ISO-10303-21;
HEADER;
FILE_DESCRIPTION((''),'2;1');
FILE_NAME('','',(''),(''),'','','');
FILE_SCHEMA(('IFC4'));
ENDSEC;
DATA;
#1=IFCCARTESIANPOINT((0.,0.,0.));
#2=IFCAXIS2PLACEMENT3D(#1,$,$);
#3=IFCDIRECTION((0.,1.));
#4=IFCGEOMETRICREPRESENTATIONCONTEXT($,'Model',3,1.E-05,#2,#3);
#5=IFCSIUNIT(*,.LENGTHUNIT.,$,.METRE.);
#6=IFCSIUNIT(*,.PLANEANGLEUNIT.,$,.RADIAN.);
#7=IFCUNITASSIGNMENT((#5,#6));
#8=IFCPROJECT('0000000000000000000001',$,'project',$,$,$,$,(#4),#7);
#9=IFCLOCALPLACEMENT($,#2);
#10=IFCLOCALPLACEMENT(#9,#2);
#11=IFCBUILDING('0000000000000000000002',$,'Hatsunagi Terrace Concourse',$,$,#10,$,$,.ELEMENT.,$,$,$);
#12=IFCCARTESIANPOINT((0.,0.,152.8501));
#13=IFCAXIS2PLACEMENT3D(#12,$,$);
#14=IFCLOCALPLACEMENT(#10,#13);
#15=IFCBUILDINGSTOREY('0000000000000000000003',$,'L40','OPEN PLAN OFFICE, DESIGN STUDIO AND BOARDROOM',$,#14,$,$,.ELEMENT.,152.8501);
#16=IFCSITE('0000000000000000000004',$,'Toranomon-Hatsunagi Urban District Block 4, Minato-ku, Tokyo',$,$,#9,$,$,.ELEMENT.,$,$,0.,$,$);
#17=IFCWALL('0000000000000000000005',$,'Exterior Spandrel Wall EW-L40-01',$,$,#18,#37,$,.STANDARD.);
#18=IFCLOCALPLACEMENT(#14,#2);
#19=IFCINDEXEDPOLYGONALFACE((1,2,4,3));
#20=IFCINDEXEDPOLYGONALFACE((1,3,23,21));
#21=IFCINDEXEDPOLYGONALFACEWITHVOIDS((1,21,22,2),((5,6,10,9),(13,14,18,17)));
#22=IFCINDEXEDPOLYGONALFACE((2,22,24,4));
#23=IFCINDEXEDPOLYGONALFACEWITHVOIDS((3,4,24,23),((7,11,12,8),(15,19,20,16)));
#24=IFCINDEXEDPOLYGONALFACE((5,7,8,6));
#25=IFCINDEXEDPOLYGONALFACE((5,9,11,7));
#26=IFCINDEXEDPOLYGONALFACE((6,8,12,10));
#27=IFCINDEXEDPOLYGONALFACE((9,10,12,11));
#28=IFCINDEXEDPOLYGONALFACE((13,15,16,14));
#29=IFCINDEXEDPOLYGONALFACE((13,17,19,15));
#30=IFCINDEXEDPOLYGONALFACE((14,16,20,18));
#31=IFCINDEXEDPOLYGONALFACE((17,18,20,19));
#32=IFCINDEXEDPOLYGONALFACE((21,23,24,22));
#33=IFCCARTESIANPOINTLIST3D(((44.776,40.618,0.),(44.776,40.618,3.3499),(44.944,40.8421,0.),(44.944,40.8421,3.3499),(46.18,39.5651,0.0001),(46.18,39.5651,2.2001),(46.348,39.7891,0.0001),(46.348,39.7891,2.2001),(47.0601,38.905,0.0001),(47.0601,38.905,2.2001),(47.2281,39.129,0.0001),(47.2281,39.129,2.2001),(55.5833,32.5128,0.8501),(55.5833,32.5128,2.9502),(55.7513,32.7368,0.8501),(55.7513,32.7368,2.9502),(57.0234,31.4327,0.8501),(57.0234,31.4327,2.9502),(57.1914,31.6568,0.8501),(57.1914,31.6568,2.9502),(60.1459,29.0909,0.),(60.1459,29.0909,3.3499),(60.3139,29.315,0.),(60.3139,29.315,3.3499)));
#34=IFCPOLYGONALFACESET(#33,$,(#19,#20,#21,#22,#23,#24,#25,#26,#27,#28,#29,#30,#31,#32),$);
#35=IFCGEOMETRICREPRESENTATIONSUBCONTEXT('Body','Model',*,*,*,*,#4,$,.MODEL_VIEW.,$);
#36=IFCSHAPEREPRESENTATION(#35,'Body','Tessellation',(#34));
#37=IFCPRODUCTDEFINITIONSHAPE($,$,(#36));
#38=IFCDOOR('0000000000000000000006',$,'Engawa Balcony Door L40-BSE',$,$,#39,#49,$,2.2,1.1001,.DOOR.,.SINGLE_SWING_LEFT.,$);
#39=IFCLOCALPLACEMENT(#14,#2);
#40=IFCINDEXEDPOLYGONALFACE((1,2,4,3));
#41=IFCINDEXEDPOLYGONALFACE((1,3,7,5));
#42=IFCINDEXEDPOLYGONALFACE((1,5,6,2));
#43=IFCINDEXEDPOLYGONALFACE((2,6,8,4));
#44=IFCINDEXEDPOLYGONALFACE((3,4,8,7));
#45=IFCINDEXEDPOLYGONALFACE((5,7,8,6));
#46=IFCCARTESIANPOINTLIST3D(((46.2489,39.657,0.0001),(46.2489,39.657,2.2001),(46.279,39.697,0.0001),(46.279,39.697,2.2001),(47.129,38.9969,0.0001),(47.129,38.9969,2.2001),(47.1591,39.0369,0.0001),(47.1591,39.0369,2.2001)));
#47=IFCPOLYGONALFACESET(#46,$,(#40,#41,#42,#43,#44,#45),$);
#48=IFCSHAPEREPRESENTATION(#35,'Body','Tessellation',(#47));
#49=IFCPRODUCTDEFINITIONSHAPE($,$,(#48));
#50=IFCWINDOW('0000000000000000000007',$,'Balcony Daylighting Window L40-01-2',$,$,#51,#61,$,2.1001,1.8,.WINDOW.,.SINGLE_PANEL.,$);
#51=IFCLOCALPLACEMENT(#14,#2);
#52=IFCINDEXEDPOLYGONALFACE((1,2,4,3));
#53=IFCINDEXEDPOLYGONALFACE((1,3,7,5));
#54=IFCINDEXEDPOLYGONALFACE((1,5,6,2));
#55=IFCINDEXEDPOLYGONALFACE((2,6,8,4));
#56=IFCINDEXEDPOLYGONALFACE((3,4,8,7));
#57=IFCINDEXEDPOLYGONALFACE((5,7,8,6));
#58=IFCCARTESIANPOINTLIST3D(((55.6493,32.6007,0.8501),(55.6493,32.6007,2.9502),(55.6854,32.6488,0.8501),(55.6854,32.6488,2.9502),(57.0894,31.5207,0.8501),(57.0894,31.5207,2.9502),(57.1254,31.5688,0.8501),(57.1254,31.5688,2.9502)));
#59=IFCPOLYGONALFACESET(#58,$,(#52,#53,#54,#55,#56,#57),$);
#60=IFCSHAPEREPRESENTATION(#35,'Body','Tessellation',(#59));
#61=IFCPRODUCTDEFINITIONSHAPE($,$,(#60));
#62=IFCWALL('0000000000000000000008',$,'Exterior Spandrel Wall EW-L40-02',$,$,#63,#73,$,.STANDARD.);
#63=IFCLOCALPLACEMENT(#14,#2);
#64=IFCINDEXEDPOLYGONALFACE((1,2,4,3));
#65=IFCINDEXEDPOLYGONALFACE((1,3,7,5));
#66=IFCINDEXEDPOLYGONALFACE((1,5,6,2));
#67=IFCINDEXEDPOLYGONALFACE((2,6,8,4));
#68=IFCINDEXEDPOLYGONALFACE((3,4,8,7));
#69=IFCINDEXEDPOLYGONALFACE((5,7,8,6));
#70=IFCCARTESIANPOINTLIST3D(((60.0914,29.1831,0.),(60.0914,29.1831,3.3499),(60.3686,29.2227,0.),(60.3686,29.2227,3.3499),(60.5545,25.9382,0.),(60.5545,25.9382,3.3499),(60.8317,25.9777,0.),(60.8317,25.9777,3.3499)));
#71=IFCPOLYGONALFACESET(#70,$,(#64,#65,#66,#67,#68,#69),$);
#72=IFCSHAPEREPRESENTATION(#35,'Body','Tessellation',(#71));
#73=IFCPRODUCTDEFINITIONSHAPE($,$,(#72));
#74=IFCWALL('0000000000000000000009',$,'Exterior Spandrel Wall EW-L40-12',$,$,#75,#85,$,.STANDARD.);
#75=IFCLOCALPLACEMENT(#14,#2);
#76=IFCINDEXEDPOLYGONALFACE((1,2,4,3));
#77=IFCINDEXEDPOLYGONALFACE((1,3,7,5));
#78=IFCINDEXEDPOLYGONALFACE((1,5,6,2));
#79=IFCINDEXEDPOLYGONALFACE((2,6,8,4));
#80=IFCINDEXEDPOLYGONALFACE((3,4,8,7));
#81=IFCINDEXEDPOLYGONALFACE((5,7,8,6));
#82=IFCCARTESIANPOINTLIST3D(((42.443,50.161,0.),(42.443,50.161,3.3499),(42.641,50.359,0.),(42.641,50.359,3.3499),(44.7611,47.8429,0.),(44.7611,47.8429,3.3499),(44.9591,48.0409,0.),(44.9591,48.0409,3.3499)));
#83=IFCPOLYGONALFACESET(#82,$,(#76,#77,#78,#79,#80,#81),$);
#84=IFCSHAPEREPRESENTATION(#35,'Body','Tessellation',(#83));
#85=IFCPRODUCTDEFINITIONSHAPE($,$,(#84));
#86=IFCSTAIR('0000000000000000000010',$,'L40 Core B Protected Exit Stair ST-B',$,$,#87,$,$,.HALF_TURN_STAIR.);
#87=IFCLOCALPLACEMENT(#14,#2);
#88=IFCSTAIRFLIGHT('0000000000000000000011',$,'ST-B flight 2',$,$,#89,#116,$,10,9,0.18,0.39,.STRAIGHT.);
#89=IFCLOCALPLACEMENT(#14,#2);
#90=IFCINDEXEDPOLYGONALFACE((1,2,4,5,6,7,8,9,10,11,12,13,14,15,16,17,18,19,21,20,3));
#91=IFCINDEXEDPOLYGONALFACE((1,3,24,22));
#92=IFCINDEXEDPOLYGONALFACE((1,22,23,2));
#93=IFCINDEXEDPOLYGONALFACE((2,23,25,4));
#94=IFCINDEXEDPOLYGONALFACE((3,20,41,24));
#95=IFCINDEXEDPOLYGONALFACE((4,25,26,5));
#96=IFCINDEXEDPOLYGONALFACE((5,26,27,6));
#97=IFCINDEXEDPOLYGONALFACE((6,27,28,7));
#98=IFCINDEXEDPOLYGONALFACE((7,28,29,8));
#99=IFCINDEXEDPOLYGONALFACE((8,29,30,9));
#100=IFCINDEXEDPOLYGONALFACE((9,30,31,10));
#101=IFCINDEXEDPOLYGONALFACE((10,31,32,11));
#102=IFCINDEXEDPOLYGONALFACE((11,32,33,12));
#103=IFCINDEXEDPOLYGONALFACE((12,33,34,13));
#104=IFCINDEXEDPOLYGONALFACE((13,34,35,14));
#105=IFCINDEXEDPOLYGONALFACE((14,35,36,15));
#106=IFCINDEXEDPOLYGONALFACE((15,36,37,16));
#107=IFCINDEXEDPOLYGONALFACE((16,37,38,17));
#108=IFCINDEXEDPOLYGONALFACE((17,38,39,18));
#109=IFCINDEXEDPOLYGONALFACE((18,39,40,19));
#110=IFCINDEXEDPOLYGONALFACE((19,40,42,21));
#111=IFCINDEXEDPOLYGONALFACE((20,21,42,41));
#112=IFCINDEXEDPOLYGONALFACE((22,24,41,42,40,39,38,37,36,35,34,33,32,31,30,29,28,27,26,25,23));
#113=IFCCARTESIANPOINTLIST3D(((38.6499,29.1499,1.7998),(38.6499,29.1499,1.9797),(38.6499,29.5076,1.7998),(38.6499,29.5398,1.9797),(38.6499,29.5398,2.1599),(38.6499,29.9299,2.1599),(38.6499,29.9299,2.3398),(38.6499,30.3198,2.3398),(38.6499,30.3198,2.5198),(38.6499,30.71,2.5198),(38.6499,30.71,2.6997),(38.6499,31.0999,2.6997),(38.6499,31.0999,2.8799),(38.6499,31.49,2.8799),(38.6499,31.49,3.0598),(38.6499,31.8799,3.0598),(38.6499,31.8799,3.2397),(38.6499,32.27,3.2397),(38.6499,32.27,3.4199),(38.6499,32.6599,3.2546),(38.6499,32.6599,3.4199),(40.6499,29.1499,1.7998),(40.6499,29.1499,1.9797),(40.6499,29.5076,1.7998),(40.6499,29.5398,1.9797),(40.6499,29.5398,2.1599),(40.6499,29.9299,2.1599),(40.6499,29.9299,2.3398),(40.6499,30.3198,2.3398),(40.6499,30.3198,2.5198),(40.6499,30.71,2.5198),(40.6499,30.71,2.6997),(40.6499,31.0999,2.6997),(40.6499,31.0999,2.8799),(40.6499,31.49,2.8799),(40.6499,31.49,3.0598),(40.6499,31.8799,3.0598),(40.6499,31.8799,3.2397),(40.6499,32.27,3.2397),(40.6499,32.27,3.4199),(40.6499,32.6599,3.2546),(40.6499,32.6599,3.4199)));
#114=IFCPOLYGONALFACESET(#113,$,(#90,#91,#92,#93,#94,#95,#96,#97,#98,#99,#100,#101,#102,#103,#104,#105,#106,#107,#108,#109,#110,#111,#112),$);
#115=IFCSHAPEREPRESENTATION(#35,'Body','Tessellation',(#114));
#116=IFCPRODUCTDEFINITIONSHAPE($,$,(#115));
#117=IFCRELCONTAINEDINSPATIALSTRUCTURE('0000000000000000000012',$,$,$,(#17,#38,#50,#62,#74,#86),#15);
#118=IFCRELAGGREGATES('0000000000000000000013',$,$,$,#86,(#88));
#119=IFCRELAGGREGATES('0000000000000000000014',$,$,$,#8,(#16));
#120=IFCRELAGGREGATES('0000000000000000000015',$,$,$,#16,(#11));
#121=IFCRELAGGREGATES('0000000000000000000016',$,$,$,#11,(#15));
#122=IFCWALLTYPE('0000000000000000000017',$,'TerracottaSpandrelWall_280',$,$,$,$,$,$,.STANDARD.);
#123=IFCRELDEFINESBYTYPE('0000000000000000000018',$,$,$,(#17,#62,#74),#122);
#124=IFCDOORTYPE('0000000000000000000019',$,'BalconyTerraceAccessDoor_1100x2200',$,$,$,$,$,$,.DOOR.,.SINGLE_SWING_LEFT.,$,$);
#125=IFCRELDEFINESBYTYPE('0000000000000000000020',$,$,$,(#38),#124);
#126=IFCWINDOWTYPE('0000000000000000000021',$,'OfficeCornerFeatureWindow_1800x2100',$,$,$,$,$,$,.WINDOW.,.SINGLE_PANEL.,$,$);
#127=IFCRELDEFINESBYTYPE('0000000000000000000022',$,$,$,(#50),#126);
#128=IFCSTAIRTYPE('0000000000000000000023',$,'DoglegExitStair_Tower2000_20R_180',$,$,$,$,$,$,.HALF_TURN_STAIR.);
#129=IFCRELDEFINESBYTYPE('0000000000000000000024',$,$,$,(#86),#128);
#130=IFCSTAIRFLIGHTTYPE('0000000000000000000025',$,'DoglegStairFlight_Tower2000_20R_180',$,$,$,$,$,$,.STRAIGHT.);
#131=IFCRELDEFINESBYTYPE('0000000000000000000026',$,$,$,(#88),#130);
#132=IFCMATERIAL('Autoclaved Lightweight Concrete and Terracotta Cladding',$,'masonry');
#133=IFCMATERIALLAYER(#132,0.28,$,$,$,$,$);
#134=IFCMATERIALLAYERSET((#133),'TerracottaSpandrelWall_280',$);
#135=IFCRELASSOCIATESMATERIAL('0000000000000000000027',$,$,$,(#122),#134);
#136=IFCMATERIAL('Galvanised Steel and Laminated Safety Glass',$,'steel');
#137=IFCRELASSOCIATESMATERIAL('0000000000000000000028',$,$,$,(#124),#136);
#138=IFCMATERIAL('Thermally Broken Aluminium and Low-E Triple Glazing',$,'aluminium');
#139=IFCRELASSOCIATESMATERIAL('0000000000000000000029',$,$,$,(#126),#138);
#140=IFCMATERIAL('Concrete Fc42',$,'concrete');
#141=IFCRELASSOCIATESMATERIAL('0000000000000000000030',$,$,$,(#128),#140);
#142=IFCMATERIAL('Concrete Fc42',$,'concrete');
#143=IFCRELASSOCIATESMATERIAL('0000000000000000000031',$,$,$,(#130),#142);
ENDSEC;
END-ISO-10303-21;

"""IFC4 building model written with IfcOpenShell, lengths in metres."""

from ifc_helpers import new_model, si_unit, direction, frame, frame_2d, origin, place, context, subcontext, project, spatial, polyline, rectangle, outline, extrude, material, layer, layer_set, type_object, element, fill, aggregate, save


model = new_model("IFC4")

# Units and contexts
model_context = context("Model", 3, precision=1e-05, world=origin(), true_north=direction((0.0, 1.0)))
body_context = subcontext(model_context, "Body", "Model", "MODEL_VIEW")
ifc_project = project(units=[si_unit("LENGTHUNIT", "METRE"), si_unit("PLANEANGLEUNIT", "RADIAN")], contexts=[model_context])

# Site, building, storey
site_placement = place(None, origin())
site = spatial("IfcSite", under=ifc_project, at=site_placement, Name="Toranomon-Hatsunagi Urban District Block 4, Minato-ku, Tokyo", CompositionType="ELEMENT", RefElevation=0.0)
building_placement = place(site_placement, origin())
building = spatial("IfcBuilding", under=site, at=building_placement, Name="Hatsunagi Terrace Concourse", CompositionType="ELEMENT")
storey_placement = place(building_placement, frame((0.0, 0.0, 152.8501)))
storey = spatial("IfcBuildingStorey", under=building, at=storey_placement, Name="L40", Description="OPEN PLAN OFFICE, DESIGN STUDIO AND BOARDROOM", CompositionType="ELEMENT", Elevation=152.8501)

# Wall, openings, door, window
ifc_material_1 = material(Name="Autoclaved Lightweight Concrete and Terracotta Cladding", Category="masonry")
ifc_layer_1 = layer(ifc_material_1, 0.28)
ifc_layer_set_1 = layer_set([ifc_layer_1], Name="TerracottaSpandrelWall_280")
wall_type_1 = type_object("IfcWallType", Name="TerracottaSpandrelWall_280", PredefinedType="STANDARD", material=ifc_layer_set_1)
wall_1_placement = place(storey_placement, frame((44.8601, 40.73, 0.0), z_axis=(0.0, 0.0, 1.0), x_axis=(0.800008, -0.59999, 0.0)))
wall_1 = element("IfcWall", 1, at=wall_1_placement, inside=storey, type_object=wall_type_1, Name="Exterior Spandrel Wall EW-L40-01", PredefinedType="STANDARD", context=body_context, shape_type="SweptSolid", body=[
    extrude(rectangle(XDim=19.2122, YDim=0.28, at=frame_2d((9.606, 0.0))), origin(), (0.0, 0.0, 1.0), 3.3499),
])
opening_1_placement = place(wall_1_placement, frame((1.7549, 0.0, 0.0)))
opening_1 = element("IfcOpeningElement", 2, at=opening_1_placement, cuts=wall_1, PredefinedType="OPENING", context=body_context, shape_type="SweptSolid", body=[
    extrude(rectangle(XDim=1.1001, YDim=2.2, at=frame_2d((0.55, 1.1001))), frame((0.0, 0.1499, 0.0), z_axis=(0.0, -1.0, 0.0), x_axis=(1.0, 0.0, 0.0)), (0.0, 0.0, 1.0), 0.3),
])
opening_2_placement = place(wall_1_placement, frame((13.509, 0.0, 0.8501)))
opening_2 = element("IfcOpeningElement", 3, at=opening_2_placement, cuts=wall_1, PredefinedType="OPENING", context=body_context, shape_type="SweptSolid", body=[
    extrude(rectangle(XDim=1.8, YDim=2.1001, at=frame_2d((0.8999, 1.05))), frame((0.0, 0.1499, 0.0), z_axis=(0.0, -1.0, 0.0), x_axis=(1.0, 0.0, 0.0)), (0.0, 0.0, 1.0), 0.3),
])
ifc_material_2 = material(Name="Galvanised Steel and Laminated Safety Glass", Category="steel")
door_type = type_object("IfcDoorType", Name="BalconyTerraceAccessDoor_1100x2200", OperationType="SINGLE_SWING_LEFT", PredefinedType="DOOR", material=ifc_material_2)
door_placement = place(opening_1_placement, origin())
door = element("IfcDoor", 4, at=door_placement, inside=storey, type_object=door_type, Name="Engawa Balcony Door L40-BSE", OperationType="SINGLE_SWING_LEFT", OverallHeight=2.2, OverallWidth=1.1001, PredefinedType="DOOR", context=body_context, shape_type="SweptSolid", body=[
    extrude(rectangle(XDim=1.1001, YDim=2.2, at=frame_2d((0.55, 1.1001))), frame((0.0, 0.0249, 0.0), z_axis=(0.0, -1.0, 0.0), x_axis=(1.0, 0.0, 0.0)), (0.0, 0.0, 1.0), 0.05),
])
fill(opening_1, door)
ifc_material_3 = material(Name="Thermally Broken Aluminium and Low-E Triple Glazing", Category="aluminium")
window_type = type_object("IfcWindowType", Name="OfficeCornerFeatureWindow_1800x2100", PartitioningType="SINGLE_PANEL", PredefinedType="WINDOW", material=ifc_material_3)
window_placement = place(opening_2_placement, origin())
window = element("IfcWindow", 5, at=window_placement, inside=storey, type_object=window_type, Name="Balcony Daylighting Window L40-01-2", OverallHeight=2.1001, OverallWidth=1.8, PartitioningType="SINGLE_PANEL", PredefinedType="WINDOW", context=body_context, shape_type="SweptSolid", body=[
    extrude(rectangle(XDim=1.8, YDim=2.1001, at=frame_2d((0.8999, 1.05))), frame((0.0, 0.03, 0.0), z_axis=(0.0, -1.0, 0.0), x_axis=(1.0, 0.0, 0.0)), (0.0, 0.0, 1.0), 0.0601),
])
fill(opening_2, window)

# Walls
wall_2_placement = place(storey_placement, frame((60.23, 29.2029, 0.0), z_axis=(0.0, 0.0, 1.0), x_axis=(0.141296, -0.989967, 0.0)))
element("IfcWall", 6, at=wall_2_placement, inside=storey, type_object=wall_type_1, Name="Exterior Spandrel Wall EW-L40-02", PredefinedType="STANDARD", context=body_context, shape_type="SweptSolid", body=[
    extrude(rectangle(XDim=3.2778, YDim=0.28, at=frame_2d((1.6389, 0.0))), origin(), (0.0, 0.0, 1.0), 3.3499),
])
wall_3_placement = place(storey_placement, frame((42.542, 50.26, 0.0), z_axis=(0.0, 0.0, 1.0), x_axis=(0.707107, -0.707107, 0.0)))
element("IfcWall", 7, at=wall_3_placement, inside=storey, type_object=wall_type_1, Name="Exterior Spandrel Wall EW-L40-12", PredefinedType="STANDARD", context=body_context, shape_type="SweptSolid", body=[
    extrude(rectangle(XDim=3.2783, YDim=0.28, at=frame_2d((1.6392, 0.0))), origin(), (0.0, 0.0, 1.0), 3.3499),
])

# Stair, stair flight
ifc_material_4 = material(Name="Concrete Fc42", Category="concrete")
stair_type = type_object("IfcStairType", Name="DoglegExitStair_Tower2000_20R_180", PredefinedType="HALF_TURN_STAIR", material=ifc_material_4)
stair_placement = place(storey_placement, origin())
stair = element("IfcStair", 8, at=stair_placement, inside=storey, type_object=stair_type, Name="L40 Core B Protected Exit Stair ST-B", PredefinedType="HALF_TURN_STAIR")
ifc_material_5 = material(Name="Concrete Fc42", Category="concrete")
stair_flight_type = type_object("IfcStairFlightType", Name="DoglegStairFlight_Tower2000_20R_180", PredefinedType="STRAIGHT", material=ifc_material_5)
stair_flight_placement = place(storey_placement, frame((39.6499, 29.1499, 1.7998), z_axis=(0.0, 0.0, 1.0), x_axis=(0.0, 1.0, 0.0)))
stair_flight = element("IfcStairFlight", 9, at=stair_flight_placement, type_object=stair_flight_type, Name="ST-B flight 2", NumberOfRisers=10, NumberOfTreads=9, PredefinedType="STRAIGHT", RiserHeight=0.18, TreadLength=0.39, context=body_context, shape_type="SweptSolid", body=[
    extrude(outline(polyline([(0.0, 0.0), (0.0, 0.1799), (0.3899, 0.1799), (0.3899, 0.3601), (0.78, 0.3601), (0.78, 0.54), (1.1699, 0.54), (1.1699, 0.72), (1.5601, 0.72), (1.5601, 0.8999), (1.95, 0.8999), (1.95, 1.0801), (2.3401, 1.0801), (2.3401, 1.26), (2.73, 1.26), (2.73, 1.4399), (3.1201, 1.4399), (3.1201, 1.6201), (3.51, 1.6201), (3.51, 1.8), (3.51, 1.4548), (0.3577, 0.0), (0.0, 0.0)])), frame((0.0, 1.0, 0.0), z_axis=(0.0, -1.0, 0.0), x_axis=(1.0, 0.0, 0.0)), (0.0, 0.0, 1.0), 2.0),
])
aggregate(stair, [stair_flight])

save(model, "model.ifc")
